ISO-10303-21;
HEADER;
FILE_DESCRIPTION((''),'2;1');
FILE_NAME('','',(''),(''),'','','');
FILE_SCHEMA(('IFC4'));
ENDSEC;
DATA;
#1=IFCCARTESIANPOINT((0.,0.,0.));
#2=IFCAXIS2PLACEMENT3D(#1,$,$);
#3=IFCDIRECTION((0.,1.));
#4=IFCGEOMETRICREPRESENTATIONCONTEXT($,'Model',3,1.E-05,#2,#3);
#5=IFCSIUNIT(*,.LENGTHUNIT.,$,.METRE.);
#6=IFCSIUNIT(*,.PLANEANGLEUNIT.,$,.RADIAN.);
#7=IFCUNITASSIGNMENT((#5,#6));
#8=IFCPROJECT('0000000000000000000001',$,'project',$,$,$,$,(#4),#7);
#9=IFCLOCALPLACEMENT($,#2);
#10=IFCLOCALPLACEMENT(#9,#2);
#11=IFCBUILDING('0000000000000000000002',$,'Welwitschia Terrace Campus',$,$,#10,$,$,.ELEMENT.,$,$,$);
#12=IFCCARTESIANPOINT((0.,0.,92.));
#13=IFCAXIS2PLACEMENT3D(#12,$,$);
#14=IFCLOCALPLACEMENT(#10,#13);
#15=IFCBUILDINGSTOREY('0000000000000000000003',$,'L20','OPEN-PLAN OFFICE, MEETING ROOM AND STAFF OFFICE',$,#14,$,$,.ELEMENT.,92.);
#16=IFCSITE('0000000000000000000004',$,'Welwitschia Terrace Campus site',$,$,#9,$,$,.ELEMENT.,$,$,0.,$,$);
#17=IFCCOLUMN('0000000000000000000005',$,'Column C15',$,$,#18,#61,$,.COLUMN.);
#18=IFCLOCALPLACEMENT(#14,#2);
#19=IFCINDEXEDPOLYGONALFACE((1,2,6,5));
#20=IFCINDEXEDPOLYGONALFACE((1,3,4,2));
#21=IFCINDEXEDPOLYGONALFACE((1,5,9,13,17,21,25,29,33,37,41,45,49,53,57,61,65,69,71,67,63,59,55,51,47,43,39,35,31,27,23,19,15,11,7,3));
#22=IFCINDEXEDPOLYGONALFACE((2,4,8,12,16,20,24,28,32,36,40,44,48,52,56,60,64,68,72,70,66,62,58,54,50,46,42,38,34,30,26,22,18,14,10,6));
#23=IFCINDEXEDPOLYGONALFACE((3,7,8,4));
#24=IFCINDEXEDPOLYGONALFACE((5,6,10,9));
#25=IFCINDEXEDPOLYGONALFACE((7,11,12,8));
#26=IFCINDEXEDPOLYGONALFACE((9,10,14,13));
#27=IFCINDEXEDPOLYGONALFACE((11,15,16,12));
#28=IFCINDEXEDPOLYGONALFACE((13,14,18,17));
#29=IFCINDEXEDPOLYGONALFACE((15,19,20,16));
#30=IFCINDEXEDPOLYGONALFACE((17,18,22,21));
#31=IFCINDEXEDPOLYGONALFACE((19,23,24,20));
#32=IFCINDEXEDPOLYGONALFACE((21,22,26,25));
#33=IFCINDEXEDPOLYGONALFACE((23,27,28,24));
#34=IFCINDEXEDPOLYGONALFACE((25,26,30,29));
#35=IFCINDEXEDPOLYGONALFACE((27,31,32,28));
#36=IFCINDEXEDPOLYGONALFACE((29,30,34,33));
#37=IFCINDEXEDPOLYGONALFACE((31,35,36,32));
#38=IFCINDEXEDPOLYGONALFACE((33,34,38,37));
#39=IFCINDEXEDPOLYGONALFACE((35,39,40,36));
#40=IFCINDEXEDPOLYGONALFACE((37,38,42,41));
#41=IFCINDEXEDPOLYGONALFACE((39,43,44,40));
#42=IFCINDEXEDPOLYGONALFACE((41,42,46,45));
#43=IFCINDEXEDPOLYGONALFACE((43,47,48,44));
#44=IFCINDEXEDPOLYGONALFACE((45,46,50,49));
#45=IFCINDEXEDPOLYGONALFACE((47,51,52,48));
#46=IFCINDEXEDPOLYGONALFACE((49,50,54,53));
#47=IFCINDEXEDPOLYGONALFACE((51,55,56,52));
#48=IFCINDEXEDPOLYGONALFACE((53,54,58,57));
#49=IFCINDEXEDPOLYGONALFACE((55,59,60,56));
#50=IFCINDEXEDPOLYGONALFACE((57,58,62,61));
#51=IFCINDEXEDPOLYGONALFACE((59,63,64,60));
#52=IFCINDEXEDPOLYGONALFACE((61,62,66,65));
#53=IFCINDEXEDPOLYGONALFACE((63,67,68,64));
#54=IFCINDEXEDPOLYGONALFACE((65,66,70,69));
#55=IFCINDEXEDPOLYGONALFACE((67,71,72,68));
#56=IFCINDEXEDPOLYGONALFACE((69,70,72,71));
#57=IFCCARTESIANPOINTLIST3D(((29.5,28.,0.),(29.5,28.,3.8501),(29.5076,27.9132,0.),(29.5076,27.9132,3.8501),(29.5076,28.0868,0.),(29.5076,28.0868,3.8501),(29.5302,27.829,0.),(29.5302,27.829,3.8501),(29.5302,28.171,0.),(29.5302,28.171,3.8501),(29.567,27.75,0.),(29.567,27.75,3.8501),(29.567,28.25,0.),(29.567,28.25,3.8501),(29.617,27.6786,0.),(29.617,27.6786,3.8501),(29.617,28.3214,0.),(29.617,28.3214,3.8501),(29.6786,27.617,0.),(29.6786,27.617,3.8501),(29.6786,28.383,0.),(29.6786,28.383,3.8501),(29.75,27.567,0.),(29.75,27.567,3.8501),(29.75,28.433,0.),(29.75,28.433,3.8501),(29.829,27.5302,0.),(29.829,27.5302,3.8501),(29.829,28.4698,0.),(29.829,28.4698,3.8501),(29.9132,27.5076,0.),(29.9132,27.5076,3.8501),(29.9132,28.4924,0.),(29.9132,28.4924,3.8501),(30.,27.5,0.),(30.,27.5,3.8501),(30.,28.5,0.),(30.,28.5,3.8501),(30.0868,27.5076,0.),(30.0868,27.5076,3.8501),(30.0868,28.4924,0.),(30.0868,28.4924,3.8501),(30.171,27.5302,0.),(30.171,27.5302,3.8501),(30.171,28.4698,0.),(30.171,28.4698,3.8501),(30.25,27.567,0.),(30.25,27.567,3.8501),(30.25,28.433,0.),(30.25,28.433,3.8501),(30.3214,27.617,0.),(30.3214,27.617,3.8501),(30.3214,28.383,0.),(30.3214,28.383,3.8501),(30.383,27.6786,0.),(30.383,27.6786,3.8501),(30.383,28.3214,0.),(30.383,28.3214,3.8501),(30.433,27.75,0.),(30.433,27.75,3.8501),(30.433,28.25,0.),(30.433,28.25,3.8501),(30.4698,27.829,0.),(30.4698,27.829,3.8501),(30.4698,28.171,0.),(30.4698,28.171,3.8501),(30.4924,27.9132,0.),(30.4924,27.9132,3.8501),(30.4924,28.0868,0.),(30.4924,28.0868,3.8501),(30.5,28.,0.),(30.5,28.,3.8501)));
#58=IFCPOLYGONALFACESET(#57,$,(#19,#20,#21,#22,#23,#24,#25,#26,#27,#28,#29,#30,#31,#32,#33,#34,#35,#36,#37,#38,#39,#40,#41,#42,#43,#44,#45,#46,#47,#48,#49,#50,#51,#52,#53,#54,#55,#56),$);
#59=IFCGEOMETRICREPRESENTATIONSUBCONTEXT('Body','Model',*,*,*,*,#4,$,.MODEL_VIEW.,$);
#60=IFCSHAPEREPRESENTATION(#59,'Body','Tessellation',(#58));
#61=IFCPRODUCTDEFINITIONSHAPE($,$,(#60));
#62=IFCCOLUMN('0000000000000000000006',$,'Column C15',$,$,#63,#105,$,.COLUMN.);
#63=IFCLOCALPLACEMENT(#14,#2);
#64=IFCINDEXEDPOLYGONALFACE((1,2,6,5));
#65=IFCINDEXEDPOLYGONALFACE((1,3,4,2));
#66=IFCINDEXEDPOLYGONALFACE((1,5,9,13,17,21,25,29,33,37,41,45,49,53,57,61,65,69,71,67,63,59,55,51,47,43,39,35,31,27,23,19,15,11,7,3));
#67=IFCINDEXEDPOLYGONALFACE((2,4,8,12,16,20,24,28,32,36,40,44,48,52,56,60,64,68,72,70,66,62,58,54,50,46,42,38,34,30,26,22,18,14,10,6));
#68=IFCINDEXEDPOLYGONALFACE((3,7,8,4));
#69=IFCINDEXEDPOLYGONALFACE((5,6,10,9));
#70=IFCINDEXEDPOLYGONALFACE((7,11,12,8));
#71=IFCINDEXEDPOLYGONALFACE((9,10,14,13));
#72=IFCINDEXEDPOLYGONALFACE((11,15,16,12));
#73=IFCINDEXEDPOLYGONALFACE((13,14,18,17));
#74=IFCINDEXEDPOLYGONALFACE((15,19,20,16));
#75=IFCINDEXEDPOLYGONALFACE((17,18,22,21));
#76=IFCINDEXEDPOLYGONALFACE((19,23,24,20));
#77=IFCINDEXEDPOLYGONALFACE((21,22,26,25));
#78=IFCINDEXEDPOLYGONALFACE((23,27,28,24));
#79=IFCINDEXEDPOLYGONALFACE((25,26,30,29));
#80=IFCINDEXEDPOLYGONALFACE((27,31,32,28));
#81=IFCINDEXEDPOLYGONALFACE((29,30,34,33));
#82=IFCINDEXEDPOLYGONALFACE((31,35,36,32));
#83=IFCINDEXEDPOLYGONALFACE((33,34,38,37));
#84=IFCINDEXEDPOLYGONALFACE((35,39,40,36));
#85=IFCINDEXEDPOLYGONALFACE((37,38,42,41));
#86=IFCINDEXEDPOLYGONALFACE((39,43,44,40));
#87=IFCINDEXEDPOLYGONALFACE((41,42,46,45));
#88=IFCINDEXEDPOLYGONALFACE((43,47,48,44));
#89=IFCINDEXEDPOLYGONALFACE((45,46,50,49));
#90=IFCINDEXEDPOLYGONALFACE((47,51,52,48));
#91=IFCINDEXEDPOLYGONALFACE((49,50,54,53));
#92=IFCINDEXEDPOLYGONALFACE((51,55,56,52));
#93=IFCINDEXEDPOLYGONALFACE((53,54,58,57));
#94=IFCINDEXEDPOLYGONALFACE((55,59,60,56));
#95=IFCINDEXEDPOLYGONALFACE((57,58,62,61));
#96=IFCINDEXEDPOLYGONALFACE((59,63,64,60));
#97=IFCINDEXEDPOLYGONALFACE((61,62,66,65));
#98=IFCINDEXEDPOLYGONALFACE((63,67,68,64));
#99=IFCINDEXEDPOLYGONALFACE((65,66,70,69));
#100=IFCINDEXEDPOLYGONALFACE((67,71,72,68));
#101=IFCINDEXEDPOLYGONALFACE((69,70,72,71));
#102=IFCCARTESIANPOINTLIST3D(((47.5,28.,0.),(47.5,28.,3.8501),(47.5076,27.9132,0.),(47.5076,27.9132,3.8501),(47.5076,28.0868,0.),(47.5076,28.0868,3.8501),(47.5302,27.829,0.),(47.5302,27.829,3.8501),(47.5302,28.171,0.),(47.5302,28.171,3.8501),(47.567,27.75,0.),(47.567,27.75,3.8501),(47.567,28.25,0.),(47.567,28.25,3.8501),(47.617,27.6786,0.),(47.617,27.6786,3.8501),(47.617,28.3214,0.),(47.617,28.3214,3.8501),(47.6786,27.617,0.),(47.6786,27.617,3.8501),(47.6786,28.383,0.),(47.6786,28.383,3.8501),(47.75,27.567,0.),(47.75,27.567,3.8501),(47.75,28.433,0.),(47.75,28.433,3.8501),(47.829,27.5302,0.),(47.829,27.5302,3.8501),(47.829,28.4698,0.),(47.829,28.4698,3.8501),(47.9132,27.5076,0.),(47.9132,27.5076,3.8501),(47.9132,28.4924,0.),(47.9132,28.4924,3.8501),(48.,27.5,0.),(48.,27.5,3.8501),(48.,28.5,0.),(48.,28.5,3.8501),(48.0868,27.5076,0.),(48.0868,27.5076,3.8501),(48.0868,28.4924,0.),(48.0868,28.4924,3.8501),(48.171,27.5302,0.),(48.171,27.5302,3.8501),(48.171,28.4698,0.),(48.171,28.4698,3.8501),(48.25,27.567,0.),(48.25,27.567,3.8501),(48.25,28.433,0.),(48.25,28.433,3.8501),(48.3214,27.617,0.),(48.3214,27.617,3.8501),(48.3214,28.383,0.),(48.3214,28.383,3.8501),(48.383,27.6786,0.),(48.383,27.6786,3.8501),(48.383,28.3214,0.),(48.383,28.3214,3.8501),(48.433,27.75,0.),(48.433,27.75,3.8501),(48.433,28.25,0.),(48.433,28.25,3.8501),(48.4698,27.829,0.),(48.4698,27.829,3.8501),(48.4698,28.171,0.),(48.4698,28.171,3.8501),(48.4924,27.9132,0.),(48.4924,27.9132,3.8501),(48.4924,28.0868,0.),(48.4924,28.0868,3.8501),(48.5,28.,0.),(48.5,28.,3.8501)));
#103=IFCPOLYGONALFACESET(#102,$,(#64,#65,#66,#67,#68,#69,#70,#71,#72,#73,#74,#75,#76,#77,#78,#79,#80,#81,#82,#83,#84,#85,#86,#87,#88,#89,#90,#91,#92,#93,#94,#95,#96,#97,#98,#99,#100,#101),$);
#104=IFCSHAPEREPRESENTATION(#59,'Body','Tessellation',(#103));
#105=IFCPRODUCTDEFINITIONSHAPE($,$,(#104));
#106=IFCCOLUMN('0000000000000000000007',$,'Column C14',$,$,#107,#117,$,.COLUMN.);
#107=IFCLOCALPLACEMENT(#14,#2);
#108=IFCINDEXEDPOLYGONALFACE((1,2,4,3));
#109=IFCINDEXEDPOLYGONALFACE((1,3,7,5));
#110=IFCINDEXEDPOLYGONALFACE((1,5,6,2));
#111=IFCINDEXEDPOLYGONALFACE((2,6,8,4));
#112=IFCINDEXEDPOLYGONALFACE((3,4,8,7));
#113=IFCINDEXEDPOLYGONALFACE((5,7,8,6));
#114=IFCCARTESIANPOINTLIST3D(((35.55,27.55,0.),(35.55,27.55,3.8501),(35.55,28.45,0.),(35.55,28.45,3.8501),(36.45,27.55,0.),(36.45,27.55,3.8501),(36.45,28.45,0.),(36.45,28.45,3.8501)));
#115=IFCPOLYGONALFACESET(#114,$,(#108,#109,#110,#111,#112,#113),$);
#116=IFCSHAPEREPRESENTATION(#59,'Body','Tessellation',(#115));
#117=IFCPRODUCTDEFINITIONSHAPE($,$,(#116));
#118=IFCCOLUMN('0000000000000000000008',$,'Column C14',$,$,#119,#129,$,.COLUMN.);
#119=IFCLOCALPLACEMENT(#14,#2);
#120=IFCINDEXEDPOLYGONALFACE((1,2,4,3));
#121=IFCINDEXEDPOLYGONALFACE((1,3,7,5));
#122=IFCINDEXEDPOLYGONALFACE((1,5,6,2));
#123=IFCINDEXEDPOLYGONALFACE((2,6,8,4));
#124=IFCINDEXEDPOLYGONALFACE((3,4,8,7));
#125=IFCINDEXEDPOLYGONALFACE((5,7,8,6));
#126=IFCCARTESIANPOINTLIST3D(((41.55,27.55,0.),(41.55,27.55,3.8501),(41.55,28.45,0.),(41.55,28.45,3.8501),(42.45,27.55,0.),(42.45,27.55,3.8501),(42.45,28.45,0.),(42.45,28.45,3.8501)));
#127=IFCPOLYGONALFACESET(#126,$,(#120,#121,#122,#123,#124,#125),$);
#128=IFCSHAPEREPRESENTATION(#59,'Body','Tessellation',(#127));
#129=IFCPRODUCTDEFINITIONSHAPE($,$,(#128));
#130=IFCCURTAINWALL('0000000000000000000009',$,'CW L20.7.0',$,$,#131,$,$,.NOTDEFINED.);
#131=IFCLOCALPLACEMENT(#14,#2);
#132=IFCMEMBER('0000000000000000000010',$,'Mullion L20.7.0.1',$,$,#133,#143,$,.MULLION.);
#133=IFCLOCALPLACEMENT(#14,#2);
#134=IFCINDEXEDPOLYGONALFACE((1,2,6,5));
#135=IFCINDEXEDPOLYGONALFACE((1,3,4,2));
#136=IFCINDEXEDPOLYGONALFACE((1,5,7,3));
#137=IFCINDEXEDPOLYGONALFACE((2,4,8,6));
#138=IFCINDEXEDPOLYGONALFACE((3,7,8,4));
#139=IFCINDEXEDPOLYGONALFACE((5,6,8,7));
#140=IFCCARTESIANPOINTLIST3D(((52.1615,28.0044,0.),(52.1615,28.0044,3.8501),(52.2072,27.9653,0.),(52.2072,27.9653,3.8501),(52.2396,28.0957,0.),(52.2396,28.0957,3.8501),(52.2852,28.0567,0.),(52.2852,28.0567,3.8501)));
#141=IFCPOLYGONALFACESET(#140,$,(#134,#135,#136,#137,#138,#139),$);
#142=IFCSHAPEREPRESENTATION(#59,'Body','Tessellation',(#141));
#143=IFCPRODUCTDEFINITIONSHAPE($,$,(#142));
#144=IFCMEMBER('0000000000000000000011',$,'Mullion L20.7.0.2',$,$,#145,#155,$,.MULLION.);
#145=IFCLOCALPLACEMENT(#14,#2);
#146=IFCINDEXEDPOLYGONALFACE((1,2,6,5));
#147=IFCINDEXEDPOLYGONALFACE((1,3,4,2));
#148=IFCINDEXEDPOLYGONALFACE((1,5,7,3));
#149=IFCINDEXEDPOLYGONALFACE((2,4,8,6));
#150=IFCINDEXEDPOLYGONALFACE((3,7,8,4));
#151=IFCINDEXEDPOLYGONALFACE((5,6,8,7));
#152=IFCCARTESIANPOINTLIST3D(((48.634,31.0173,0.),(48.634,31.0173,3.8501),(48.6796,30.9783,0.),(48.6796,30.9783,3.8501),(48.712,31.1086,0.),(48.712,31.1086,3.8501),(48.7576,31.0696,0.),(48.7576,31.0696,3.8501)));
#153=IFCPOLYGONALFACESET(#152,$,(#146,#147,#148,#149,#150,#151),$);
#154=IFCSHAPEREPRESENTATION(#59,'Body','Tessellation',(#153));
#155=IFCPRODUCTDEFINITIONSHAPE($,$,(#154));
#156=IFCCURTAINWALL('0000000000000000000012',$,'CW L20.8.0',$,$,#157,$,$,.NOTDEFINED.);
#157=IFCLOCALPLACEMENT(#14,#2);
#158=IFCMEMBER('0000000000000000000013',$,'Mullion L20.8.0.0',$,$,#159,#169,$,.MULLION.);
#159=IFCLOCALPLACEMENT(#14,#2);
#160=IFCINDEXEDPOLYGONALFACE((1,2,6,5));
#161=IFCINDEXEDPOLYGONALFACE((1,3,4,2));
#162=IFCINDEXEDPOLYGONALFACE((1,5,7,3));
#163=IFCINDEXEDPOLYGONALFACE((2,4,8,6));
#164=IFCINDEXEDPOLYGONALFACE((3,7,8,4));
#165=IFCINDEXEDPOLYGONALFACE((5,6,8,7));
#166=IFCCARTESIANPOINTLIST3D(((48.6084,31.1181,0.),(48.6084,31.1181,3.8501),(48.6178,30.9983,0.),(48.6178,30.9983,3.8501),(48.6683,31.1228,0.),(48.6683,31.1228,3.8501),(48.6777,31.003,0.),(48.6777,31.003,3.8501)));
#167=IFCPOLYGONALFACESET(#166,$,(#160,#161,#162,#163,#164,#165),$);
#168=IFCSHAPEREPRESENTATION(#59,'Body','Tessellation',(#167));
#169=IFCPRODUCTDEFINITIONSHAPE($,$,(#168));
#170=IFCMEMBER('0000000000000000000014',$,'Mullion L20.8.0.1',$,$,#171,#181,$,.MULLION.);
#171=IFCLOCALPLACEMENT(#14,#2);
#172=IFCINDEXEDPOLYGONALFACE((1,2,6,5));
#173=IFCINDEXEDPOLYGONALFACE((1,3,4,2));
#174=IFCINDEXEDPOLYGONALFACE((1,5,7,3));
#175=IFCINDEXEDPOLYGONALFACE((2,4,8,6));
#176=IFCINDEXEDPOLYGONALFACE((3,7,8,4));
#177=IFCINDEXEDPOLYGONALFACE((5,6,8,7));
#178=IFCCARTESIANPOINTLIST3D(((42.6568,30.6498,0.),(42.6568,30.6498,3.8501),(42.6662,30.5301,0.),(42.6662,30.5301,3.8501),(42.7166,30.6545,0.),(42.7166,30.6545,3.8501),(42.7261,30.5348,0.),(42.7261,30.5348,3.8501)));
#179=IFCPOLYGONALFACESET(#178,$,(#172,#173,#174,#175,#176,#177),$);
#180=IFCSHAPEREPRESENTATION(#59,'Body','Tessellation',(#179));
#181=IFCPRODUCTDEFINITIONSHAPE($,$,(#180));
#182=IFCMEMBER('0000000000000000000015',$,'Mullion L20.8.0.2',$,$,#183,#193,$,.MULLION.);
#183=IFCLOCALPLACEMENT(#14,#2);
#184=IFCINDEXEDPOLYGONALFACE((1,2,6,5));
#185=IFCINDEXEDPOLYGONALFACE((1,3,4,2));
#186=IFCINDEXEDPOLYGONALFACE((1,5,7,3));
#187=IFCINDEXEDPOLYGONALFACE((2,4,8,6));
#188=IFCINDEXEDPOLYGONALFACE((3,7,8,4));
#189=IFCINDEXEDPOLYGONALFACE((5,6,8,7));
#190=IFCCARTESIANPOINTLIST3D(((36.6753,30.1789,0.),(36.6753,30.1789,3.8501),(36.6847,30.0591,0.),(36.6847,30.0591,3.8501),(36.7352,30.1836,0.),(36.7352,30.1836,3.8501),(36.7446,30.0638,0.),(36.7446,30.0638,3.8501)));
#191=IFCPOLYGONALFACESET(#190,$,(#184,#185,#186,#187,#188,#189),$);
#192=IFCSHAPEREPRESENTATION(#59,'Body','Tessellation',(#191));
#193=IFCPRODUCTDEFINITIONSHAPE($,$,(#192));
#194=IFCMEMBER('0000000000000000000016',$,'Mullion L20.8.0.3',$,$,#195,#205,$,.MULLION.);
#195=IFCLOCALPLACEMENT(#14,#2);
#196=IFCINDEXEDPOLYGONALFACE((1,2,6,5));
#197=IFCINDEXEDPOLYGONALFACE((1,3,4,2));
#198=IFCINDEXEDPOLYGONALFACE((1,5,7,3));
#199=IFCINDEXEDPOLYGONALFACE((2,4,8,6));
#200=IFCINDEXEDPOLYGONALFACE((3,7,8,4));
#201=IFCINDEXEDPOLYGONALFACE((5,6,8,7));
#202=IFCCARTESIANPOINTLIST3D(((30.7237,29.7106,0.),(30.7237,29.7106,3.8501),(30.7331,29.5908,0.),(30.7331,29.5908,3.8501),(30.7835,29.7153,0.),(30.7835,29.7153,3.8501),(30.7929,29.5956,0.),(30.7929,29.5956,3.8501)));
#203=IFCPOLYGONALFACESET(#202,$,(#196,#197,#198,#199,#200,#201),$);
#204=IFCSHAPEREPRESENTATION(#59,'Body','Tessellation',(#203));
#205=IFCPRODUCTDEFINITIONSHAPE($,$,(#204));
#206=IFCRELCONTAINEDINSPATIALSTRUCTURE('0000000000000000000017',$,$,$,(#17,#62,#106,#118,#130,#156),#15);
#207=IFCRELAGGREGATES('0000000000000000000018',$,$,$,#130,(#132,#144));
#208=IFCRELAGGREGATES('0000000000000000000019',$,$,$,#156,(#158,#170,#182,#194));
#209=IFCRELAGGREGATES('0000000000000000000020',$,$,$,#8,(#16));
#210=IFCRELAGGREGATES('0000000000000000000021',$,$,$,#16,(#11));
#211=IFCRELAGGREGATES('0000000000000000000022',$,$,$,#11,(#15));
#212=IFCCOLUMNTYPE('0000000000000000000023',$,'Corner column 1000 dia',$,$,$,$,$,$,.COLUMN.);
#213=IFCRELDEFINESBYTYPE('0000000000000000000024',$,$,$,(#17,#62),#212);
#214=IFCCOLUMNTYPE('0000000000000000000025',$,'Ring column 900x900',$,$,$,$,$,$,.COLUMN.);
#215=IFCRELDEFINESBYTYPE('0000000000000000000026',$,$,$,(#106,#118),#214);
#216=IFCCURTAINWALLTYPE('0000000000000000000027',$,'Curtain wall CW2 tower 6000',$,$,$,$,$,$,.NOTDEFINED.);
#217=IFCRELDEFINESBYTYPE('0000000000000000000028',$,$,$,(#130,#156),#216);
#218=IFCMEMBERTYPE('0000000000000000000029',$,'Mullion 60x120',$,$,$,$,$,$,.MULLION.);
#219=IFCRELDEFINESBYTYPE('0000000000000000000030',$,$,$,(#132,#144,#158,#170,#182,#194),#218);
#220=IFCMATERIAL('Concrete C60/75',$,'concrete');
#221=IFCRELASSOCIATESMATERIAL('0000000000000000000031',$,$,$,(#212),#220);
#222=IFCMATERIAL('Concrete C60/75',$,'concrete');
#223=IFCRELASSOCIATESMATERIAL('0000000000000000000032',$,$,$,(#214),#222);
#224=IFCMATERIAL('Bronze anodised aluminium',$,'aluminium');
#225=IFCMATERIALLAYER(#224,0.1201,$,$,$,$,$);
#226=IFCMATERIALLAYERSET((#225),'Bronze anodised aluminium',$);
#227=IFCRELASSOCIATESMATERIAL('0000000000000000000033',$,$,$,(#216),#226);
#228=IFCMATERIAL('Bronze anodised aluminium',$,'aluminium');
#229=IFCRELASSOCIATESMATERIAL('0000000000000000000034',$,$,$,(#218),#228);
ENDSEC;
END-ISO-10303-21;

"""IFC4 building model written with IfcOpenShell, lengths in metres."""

from ifc_helpers import new_model, si_unit, direction, frame, origin, origin_2d, place, context, subcontext, project, spatial, rectangle, circle, extrude, material, layer, layer_set, material_profile, profile_set, type_object, element, aggregate, save


model = new_model("IFC4")

# Units and contexts
model_context = context("Model", 3, precision=1e-05, world=origin(), true_north=direction((0.0, 1.0)))
body_context = subcontext(model_context, "Body", "Model", "MODEL_VIEW")
ifc_project = project(units=[si_unit("LENGTHUNIT", "METRE"), si_unit("PLANEANGLEUNIT", "RADIAN")], contexts=[model_context])

# Site, building, storey
site_placement = place(None, origin())
site = spatial("IfcSite", under=ifc_project, at=site_placement, Name="Welwitschia Terrace Campus site", CompositionType="ELEMENT", RefElevation=0.0)
building_placement = place(site_placement, origin())
building = spatial("IfcBuilding", under=site, at=building_placement, Name="Welwitschia Terrace Campus", CompositionType="ELEMENT")
storey_placement = place(building_placement, frame((0.0, 0.0, 92.0)))
storey = spatial("IfcBuildingStorey", under=building, at=storey_placement, Name="L20", Description="OPEN-PLAN OFFICE, MEETING ROOM AND STAFF OFFICE", CompositionType="ELEMENT", Elevation=92.0)

# Columns
ifc_material_1 = material(Name="Concrete C60/75", Category="concrete")
ifc_material_profile_1 = material_profile(ifc_material_1, circle(Radius=0.5, at=origin_2d()))
ifc_profile_set_1 = profile_set([ifc_material_profile_1], Name="Concrete C60/75")
column_type_1 = type_object("IfcColumnType", Name="Corner column 1000 dia", PredefinedType="COLUMN", material=ifc_profile_set_1)
for number, where, z_axis, x_axis, name in (
    (1, (30.0, 28.0, 0.0), (0.0, 0.0, 1.0), (1.0, 0.0, 0.0), "Column C15"),
    (2, (48.0, 28.0, 0.0), (0.0, 0.0, 1.0), (1.0, 0.0, 0.0), "Column C15"),
):
    element("IfcColumn", number, at=place(storey_placement, frame(where, z_axis=z_axis, x_axis=x_axis)), inside=storey, type_object=column_type_1, Name=name, PredefinedType="COLUMN", context=body_context, shape_type="SweptSolid", body=[
        extrude(circle(Radius=0.5, at=origin_2d()), origin(), (0.0, 0.0, 1.0), 3.8501),
    ])
ifc_material_2 = material(Name="Concrete C60/75", Category="concrete")
ifc_material_profile_2 = material_profile(ifc_material_2, rectangle(XDim=0.8999, YDim=0.8999, at=origin_2d()))
ifc_profile_set_2 = profile_set([ifc_material_profile_2], Name="Concrete C60/75")
column_type_2 = type_object("IfcColumnType", Name="Ring column 900x900", PredefinedType="COLUMN", material=ifc_profile_set_2)
for number, where, z_axis, x_axis, name in (
    (3, (36.0, 28.0, 0.0), (0.0, 0.0, 1.0), (1.0, 0.0, 0.0), "Column C14"),
    (4, (42.0, 28.0, 0.0), (0.0, 0.0, 1.0), (1.0, 0.0, 0.0), "Column C14"),
):
    element("IfcColumn", number, at=place(storey_placement, frame(where, z_axis=z_axis, x_axis=x_axis)), inside=storey, type_object=column_type_2, Name=name, PredefinedType="COLUMN", context=body_context, shape_type="SweptSolid", body=[
        extrude(rectangle(XDim=0.8999, YDim=0.8999, at=origin_2d()), origin(), (0.0, 0.0, 1.0), 3.8501),
    ])

# Curtain walls, members
ifc_material_3 = material(Name="Bronze anodised aluminium", Category="aluminium")
ifc_layer_1 = layer(ifc_material_3, 0.1201)
ifc_layer_set_1 = layer_set([ifc_layer_1], Name="Bronze anodised aluminium")
curtain_wall_type = type_object("IfcCurtainWallType", Name="Curtain wall CW2 tower 6000", PredefinedType="NOTDEFINED", material=ifc_layer_set_1)
curtain_wall_1_placement = place(storey_placement, origin())
curtain_wall_1 = element("IfcCurtainWall", 5, at=curtain_wall_1_placement, inside=storey, type_object=curtain_wall_type, Name="CW L20.7.0", PredefinedType="NOTDEFINED")
ifc_material_4 = material(Name="Bronze anodised aluminium", Category="aluminium")
ifc_material_profile_3 = material_profile(ifc_material_4, rectangle(XDim=0.1201, YDim=0.0601, at=origin_2d()))
ifc_profile_set_3 = profile_set([ifc_material_profile_3], Name="Bronze anodised aluminium")
member_type_1 = type_object("IfcMemberType", Name="Mullion 60x120", PredefinedType="MULLION", material=ifc_profile_set_3)
member_1_placement = place(storey_placement, frame((52.2234, 28.0305, 0.0), z_axis=(0.0, 0.0, 1.0), x_axis=(-0.649448, -0.760406, 0.0)))
member_1 = element("IfcMember", 6, at=member_1_placement, type_object=member_type_1, Name="Mullion L20.7.0.1", PredefinedType="MULLION", context=body_context, shape_type="SweptSolid", body=[
    extrude(rectangle(XDim=0.1201, YDim=0.0601, at=origin_2d()), origin(), (0.0, 0.0, 1.0), 3.8501),
])
member_2_placement = place(storey_placement, frame((48.6958, 31.0435, 0.0), z_axis=(0.0, 0.0, 1.0), x_axis=(-0.649448, -0.760406, 0.0)))
member_2 = element("IfcMember", 7, at=member_2_placement, type_object=member_type_1, Name="Mullion L20.7.0.2", PredefinedType="MULLION", context=body_context, shape_type="SweptSolid", body=[
    extrude(rectangle(XDim=0.1201, YDim=0.0601, at=origin_2d()), origin(), (0.0, 0.0, 1.0), 3.8501),
])
curtain_wall_2_placement = place(storey_placement, origin())
curtain_wall_2 = element("IfcCurtainWall", 8, at=curtain_wall_2_placement, inside=storey, type_object=curtain_wall_type, Name="CW L20.8.0", PredefinedType="NOTDEFINED")
member_3_placement = place(storey_placement, frame((48.6431, 31.0605, 0.0), z_axis=(0.0, 0.0, 1.0), x_axis=(0.078459, -0.996917, 0.0)))
member_3 = element("IfcMember", 9, at=member_3_placement, type_object=member_type_1, Name="Mullion L20.8.0.0", PredefinedType="MULLION", context=body_context, shape_type="SweptSolid", body=[
    extrude(rectangle(XDim=0.1201, YDim=0.0601, at=origin_2d()), origin(), (0.0, 0.0, 1.0), 3.8501),
])
member_4_placement = place(storey_placement, frame((42.6914, 30.5923, 0.0), z_axis=(0.0, 0.0, 1.0), x_axis=(0.078459, -0.996917, 0.0)))
member_4 = element("IfcMember", 10, at=member_4_placement, type_object=member_type_1, Name="Mullion L20.8.0.1", PredefinedType="MULLION", context=body_context, shape_type="SweptSolid", body=[
    extrude(rectangle(XDim=0.1201, YDim=0.0601, at=origin_2d()), origin(), (0.0, 0.0, 1.0), 3.8501),
])
member_5_placement = place(storey_placement, frame((36.71, 30.1213, 0.0), z_axis=(0.0, 0.0, 1.0), x_axis=(0.078459, -0.996917, 0.0)))
member_5 = element("IfcMember", 11, at=member_5_placement, type_object=member_type_1, Name="Mullion L20.8.0.2", PredefinedType="MULLION", context=body_context, shape_type="SweptSolid", body=[
    extrude(rectangle(XDim=0.1201, YDim=0.0601, at=origin_2d()), origin(), (0.0, 0.0, 1.0), 3.8501),
])
member_6_placement = place(storey_placement, frame((30.7583, 29.6531, 0.0), z_axis=(0.0, 0.0, 1.0), x_axis=(0.078459, -0.996917, 0.0)))
member_6 = element("IfcMember", 12, at=member_6_placement, type_object=member_type_1, Name="Mullion L20.8.0.3", PredefinedType="MULLION", context=body_context, shape_type="SweptSolid", body=[
    extrude(rectangle(XDim=0.1201, YDim=0.0601, at=origin_2d()), origin(), (0.0, 0.0, 1.0), 3.8501),
])

aggregate(curtain_wall_1, [member_1, member_2])
aggregate(curtain_wall_2, [member_3, member_4, member_5, member_6])

save(model, "model.ifc")
